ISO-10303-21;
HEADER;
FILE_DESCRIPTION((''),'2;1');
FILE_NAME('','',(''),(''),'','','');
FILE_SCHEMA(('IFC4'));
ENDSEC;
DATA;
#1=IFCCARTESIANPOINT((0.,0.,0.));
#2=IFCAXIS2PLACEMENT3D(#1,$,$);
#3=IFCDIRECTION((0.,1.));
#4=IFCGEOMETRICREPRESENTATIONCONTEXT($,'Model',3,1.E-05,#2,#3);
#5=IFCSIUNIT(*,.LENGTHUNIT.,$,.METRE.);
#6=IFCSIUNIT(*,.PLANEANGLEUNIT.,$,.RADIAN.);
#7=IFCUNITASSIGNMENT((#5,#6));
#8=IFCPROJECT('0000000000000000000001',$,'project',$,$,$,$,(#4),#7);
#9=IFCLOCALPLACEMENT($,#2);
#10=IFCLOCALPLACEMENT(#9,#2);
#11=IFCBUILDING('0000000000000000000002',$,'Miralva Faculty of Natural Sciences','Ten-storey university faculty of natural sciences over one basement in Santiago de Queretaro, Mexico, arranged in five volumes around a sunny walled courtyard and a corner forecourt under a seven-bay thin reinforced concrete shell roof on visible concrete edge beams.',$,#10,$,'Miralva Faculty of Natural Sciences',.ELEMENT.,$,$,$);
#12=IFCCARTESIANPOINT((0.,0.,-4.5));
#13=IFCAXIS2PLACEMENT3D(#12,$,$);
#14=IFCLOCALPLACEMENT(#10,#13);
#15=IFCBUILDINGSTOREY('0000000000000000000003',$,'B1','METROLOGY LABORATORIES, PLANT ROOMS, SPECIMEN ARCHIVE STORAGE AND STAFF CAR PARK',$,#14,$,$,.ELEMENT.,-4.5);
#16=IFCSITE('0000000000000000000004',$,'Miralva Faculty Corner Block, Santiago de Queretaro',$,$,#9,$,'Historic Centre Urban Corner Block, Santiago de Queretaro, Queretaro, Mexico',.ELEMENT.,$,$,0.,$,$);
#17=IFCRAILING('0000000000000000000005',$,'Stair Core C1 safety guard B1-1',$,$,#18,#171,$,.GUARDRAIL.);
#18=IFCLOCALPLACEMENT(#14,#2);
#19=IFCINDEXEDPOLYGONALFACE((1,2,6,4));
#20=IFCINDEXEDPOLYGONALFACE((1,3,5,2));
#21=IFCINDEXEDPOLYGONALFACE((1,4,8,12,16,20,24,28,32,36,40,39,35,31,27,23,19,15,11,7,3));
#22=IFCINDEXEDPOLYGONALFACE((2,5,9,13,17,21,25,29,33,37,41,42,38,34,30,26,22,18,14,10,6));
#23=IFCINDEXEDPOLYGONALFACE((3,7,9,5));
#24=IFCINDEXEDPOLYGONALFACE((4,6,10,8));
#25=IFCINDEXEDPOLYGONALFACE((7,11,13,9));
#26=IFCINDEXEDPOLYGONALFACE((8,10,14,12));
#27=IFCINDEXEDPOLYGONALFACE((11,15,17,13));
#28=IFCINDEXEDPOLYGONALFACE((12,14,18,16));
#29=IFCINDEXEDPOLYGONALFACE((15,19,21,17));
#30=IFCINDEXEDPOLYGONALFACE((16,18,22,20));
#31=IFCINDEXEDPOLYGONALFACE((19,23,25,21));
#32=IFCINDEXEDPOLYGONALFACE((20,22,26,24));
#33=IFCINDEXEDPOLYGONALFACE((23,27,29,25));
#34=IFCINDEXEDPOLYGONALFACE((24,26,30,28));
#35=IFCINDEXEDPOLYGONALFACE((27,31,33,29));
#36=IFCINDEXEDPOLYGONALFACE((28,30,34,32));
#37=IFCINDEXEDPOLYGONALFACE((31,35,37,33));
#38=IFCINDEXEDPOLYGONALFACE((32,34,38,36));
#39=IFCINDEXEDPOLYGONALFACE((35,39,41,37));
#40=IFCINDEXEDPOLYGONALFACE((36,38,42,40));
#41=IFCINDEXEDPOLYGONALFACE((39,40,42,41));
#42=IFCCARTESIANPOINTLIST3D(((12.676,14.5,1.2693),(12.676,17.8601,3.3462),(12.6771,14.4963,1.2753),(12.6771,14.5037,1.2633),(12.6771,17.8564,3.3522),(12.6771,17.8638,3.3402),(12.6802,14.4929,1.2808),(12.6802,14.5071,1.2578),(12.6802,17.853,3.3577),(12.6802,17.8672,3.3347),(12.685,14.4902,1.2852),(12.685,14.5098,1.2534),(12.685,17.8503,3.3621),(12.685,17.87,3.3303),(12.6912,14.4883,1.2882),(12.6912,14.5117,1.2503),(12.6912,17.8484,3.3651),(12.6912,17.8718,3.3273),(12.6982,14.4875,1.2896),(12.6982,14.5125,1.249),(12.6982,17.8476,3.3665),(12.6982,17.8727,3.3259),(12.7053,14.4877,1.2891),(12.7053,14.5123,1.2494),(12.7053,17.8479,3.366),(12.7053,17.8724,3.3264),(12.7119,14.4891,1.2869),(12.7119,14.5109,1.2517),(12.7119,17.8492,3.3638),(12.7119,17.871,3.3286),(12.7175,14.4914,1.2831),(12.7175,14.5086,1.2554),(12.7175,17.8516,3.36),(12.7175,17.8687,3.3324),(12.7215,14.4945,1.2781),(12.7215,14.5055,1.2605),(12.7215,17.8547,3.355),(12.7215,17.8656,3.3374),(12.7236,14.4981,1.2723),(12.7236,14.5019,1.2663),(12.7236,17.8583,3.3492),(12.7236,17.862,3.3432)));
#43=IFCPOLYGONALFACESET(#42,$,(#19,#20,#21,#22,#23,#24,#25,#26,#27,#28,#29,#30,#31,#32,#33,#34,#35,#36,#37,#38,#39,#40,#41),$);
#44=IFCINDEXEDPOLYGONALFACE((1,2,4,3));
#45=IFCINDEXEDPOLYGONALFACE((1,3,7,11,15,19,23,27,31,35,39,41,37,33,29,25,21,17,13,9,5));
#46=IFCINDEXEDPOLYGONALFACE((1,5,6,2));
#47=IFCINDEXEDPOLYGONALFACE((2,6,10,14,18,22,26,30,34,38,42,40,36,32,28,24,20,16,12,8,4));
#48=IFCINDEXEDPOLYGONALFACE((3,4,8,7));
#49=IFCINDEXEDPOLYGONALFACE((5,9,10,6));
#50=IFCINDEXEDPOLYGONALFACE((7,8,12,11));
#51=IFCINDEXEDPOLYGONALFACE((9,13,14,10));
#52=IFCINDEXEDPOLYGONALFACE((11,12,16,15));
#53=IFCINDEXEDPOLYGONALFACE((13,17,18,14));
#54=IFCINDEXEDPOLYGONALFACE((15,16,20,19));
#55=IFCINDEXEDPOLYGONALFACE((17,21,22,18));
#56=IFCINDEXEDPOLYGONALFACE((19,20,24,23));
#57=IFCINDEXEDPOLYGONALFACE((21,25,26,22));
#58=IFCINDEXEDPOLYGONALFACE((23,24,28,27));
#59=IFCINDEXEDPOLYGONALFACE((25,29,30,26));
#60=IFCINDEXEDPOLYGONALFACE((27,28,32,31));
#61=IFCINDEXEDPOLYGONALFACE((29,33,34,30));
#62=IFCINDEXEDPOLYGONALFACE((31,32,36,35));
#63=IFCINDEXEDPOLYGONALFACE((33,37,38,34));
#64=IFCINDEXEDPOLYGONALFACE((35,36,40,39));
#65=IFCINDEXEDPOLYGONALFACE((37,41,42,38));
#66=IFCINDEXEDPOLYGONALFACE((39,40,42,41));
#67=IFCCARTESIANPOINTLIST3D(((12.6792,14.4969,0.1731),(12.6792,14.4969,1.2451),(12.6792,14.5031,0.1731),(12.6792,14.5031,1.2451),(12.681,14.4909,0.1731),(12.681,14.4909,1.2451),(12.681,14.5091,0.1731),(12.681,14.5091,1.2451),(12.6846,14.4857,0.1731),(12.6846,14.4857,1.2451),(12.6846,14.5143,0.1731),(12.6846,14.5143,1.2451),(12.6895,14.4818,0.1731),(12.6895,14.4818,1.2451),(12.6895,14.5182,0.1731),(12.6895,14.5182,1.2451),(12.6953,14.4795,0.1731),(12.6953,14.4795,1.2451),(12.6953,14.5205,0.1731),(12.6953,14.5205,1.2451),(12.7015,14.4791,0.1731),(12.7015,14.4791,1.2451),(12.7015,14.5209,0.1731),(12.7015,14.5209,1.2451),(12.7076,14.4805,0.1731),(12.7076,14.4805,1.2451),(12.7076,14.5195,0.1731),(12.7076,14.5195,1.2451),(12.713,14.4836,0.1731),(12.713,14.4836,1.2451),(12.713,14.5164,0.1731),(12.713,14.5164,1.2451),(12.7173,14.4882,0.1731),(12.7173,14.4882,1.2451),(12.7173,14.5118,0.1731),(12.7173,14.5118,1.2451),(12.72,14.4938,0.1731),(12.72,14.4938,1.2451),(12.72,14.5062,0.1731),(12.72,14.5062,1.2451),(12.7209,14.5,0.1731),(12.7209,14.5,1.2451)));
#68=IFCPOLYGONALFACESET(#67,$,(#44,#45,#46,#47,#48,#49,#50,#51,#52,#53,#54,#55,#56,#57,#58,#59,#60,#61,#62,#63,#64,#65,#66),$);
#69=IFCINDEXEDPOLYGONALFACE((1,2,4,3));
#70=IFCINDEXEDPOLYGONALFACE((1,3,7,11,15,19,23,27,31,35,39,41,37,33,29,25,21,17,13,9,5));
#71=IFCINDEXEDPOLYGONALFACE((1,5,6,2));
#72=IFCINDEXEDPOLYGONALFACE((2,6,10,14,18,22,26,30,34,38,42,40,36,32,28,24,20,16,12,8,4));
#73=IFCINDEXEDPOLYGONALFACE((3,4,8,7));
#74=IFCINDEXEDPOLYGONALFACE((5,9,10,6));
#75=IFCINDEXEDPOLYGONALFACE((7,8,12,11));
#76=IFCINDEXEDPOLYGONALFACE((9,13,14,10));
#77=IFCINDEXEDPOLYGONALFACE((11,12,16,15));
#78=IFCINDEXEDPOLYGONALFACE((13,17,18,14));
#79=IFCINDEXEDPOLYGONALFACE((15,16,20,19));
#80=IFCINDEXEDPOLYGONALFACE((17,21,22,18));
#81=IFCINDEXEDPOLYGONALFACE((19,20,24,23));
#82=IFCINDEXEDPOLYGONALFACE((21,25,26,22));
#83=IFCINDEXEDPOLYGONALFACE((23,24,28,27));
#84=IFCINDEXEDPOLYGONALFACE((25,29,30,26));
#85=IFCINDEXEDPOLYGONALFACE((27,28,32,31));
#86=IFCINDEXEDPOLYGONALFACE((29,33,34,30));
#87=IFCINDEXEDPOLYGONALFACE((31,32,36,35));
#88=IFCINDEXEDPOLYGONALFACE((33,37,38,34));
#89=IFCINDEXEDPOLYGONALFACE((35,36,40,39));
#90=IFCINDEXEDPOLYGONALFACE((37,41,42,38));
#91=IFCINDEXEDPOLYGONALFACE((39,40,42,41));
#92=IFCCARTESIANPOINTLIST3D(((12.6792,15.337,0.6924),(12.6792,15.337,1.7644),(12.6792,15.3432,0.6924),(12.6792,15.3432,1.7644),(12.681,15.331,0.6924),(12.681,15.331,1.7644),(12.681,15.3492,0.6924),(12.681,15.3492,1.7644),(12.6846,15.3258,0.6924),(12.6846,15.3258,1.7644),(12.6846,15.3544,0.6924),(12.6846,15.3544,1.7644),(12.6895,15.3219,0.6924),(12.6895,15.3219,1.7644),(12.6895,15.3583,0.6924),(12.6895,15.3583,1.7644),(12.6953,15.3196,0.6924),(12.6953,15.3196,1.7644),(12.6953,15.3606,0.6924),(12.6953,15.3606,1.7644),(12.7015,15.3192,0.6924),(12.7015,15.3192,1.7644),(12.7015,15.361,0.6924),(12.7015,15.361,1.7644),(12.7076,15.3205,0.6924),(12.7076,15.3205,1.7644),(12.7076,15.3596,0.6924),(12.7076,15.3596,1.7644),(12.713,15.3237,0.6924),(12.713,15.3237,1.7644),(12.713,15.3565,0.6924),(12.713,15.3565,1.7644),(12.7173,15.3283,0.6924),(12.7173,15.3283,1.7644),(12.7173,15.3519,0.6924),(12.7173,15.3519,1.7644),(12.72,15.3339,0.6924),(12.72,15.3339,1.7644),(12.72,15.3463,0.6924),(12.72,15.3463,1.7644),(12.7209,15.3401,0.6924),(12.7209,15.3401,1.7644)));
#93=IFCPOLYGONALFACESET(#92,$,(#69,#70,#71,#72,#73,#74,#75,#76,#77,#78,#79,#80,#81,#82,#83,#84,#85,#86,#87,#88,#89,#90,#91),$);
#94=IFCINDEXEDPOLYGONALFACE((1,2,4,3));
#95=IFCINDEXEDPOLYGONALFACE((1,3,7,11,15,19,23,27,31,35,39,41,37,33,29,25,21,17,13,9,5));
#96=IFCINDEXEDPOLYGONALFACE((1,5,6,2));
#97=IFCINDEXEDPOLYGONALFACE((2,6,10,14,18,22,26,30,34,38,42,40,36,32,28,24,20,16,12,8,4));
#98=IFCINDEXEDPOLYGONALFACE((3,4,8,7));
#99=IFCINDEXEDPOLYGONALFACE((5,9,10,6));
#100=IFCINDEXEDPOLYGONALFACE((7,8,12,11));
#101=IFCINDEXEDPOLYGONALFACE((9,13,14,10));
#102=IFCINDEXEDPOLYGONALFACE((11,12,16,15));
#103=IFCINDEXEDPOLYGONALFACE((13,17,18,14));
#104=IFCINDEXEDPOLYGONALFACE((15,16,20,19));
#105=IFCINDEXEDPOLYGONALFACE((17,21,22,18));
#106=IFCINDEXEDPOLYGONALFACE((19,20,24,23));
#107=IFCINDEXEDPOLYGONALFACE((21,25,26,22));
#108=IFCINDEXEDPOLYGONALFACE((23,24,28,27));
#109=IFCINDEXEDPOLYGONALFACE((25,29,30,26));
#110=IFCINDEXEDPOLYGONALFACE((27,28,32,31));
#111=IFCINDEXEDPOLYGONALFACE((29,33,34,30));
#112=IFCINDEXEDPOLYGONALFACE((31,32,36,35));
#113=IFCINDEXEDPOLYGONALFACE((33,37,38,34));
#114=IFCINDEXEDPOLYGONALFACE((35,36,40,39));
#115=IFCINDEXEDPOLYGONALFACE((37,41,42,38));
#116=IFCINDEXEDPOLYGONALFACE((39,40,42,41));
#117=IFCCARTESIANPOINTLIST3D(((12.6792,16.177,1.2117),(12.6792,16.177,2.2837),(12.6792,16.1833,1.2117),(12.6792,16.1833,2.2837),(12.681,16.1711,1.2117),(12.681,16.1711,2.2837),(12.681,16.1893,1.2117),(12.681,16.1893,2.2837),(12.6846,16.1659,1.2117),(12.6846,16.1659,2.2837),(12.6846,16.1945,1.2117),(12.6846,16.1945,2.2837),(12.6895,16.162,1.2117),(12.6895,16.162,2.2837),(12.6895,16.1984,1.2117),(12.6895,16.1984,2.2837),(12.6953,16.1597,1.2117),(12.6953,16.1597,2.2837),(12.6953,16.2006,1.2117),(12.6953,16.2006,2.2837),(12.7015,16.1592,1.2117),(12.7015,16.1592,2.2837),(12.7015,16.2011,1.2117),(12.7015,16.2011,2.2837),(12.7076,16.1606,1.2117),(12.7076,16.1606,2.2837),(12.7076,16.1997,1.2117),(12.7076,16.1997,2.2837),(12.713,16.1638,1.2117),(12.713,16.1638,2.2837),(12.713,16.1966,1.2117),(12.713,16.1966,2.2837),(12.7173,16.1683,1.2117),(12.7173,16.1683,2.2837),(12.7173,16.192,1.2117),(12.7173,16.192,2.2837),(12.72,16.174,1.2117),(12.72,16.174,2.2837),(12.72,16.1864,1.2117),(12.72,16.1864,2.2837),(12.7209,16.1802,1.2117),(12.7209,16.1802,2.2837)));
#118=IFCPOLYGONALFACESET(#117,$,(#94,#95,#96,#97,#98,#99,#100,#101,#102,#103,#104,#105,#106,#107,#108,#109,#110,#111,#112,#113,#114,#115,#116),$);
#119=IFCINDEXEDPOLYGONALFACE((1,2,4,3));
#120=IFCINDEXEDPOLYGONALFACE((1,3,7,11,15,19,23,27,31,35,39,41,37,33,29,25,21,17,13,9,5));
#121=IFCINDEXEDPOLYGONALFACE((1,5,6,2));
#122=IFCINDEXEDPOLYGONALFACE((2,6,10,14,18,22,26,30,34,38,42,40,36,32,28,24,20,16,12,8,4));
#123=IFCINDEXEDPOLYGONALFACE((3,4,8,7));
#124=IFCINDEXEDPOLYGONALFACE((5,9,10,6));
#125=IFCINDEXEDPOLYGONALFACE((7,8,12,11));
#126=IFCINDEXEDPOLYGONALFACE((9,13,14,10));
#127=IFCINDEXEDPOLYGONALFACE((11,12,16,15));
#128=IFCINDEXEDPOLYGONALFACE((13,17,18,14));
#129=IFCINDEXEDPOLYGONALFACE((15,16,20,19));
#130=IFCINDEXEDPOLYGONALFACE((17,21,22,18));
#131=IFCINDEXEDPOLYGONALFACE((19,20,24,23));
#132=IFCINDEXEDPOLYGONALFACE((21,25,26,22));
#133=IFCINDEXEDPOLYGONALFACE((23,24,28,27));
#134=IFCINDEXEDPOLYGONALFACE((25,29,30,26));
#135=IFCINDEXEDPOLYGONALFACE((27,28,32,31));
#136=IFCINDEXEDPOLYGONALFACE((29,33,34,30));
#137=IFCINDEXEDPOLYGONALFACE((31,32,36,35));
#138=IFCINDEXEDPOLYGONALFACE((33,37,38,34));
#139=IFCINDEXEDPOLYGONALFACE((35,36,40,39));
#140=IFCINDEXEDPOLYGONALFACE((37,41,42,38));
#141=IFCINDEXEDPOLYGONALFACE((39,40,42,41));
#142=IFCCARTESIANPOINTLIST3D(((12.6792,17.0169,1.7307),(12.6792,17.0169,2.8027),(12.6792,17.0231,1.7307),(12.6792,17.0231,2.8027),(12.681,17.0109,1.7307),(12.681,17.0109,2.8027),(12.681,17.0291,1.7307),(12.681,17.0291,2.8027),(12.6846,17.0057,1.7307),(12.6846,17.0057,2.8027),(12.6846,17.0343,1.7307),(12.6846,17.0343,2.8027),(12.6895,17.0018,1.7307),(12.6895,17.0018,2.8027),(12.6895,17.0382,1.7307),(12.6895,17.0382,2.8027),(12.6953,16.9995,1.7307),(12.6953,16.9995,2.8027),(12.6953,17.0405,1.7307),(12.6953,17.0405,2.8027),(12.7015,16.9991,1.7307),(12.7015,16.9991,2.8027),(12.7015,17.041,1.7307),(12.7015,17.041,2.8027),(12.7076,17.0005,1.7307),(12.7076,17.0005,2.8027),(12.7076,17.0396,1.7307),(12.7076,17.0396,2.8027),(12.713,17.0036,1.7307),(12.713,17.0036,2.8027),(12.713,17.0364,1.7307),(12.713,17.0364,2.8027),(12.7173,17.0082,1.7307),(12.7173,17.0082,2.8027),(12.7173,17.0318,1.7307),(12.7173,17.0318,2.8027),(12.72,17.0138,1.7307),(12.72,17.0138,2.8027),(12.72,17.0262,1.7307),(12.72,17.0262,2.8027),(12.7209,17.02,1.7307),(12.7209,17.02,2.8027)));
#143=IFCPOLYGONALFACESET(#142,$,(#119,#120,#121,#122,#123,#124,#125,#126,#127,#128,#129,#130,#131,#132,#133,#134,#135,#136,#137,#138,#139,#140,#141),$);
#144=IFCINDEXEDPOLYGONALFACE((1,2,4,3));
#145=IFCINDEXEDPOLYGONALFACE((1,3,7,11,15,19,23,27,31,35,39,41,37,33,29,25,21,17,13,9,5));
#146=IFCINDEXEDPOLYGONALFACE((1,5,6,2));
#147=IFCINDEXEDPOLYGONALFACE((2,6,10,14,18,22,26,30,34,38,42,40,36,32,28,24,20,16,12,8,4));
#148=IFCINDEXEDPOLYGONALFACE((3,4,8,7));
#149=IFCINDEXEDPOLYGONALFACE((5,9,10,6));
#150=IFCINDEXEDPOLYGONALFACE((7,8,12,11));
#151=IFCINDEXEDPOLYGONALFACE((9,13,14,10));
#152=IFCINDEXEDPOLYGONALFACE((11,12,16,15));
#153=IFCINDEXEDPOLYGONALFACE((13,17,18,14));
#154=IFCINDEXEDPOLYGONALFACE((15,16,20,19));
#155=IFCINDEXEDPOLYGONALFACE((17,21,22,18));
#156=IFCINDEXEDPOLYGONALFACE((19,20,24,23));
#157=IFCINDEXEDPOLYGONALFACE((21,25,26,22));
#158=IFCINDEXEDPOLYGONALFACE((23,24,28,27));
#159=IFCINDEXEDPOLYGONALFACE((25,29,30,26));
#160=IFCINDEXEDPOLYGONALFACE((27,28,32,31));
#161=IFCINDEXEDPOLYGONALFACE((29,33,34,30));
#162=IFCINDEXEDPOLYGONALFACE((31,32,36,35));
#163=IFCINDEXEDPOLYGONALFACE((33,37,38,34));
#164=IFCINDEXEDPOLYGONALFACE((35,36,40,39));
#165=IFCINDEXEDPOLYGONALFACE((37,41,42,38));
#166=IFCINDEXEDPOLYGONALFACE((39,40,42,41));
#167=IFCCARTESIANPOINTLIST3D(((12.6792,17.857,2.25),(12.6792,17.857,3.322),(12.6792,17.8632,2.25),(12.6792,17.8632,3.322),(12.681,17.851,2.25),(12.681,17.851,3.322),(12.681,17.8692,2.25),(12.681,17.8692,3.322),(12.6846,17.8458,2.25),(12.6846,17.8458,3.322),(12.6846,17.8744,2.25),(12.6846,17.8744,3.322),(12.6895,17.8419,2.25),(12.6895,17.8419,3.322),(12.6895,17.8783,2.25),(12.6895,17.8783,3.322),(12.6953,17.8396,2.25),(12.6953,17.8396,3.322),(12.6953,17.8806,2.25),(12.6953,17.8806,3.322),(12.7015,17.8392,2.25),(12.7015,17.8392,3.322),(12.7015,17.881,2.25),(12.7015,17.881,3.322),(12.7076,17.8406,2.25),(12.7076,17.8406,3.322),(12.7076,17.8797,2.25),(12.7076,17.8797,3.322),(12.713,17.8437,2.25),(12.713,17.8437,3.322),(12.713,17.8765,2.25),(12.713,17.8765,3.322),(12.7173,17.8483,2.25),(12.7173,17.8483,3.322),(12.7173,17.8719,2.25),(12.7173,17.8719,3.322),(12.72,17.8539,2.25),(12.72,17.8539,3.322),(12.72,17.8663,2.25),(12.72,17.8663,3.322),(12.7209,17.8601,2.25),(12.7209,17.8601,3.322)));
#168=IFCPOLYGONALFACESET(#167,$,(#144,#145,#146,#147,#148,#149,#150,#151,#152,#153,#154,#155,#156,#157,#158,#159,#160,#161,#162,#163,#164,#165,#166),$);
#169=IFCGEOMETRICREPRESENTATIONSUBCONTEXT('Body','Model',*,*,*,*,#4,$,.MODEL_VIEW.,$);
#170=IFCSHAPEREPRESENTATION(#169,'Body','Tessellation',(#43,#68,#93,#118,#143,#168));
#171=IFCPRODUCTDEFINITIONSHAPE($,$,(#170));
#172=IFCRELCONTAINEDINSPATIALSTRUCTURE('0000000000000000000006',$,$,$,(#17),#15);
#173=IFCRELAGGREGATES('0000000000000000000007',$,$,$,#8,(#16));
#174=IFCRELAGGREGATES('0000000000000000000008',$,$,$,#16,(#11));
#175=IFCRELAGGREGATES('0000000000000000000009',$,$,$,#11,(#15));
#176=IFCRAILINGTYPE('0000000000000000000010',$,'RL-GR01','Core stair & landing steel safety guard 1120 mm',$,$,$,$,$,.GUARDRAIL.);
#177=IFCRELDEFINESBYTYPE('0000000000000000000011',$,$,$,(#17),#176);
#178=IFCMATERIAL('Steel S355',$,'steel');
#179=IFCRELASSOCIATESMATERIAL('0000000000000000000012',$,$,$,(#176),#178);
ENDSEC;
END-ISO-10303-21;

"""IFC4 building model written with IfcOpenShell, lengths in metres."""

from ifc_helpers import new_model, si_unit, direction, frame, origin, origin_2d, place, context, subcontext, project, spatial, circle, extrude, material, type_object, element, save


model = new_model("IFC4")

# Units and contexts
model_context = context("Model", 3, precision=1e-05, world=origin(), true_north=direction((0.0, 1.0)))
body_context = subcontext(model_context, "Body", "Model", "MODEL_VIEW")
ifc_project = project(units=[si_unit("LENGTHUNIT", "METRE"), si_unit("PLANEANGLEUNIT", "RADIAN")], contexts=[model_context])

# Site, building, storey
site_placement = place(None, origin())
site = spatial("IfcSite", under=ifc_project, at=site_placement, Name="Miralva Faculty Corner Block, Santiago de Queretaro", LongName="Historic Centre Urban Corner Block, Santiago de Queretaro, Queretaro, Mexico", CompositionType="ELEMENT", RefElevation=0.0)
building_placement = place(site_placement, origin())
building = spatial("IfcBuilding", under=site, at=building_placement, Name="Miralva Faculty of Natural Sciences", Description="Ten-storey university faculty of natural sciences over one basement in Santiago de Queretaro, Mexico, arranged in five volumes around a sunny walled courtyard and a corner forecourt under a seven-bay thin reinforced concrete shell roof on visible concrete edge beams.", LongName="Miralva Faculty of Natural Sciences", CompositionType="ELEMENT")
storey_placement = place(building_placement, frame((0.0, 0.0, -4.5)))
storey = spatial("IfcBuildingStorey", under=building, at=storey_placement, Name="B1", Description="METROLOGY LABORATORIES, PLANT ROOMS, SPECIMEN ARCHIVE STORAGE AND STAFF CAR PARK", CompositionType="ELEMENT", Elevation=-4.5)

# Railing
ifc_material_1 = material(Name="Steel S355", Category="steel")
railing_type_1 = type_object("IfcRailingType", Name="RL-GR01", Description="Core stair & landing steel safety guard 1120 mm", PredefinedType="GUARDRAIL", material=ifc_material_1)
railing_1_placement = place(storey_placement, frame((12.7, 14.5, 0.1731)))
element("IfcRailing", 1, at=railing_1_placement, inside=storey, type_object=railing_type_1, Name="Stair Core C1 safety guard B1-1", PredefinedType="GUARDRAIL", context=body_context, shape_type="SweptSolid", body=[
    extrude(circle(Radius=0.0239, at=origin_2d()), frame((0.0, 0.0, 1.0962), z_axis=(0.0, 0.850623, 0.525776), x_axis=(-1.0, 0.0, 0.0)), (0.0, 0.0, 1.0), 3.9502),
    extrude(circle(Radius=0.021, at=origin_2d()), origin(), (0.0, 0.0, 1.0), 1.072),
    extrude(circle(Radius=0.021, at=origin_2d()), frame((0.0, 0.8401, 0.5193)), (0.0, 0.0, 1.0), 1.072),
    extrude(circle(Radius=0.021, at=origin_2d()), frame((0.0, 1.6802, 1.0386)), (0.0, 0.0, 1.0), 1.072),
    extrude(circle(Radius=0.021, at=origin_2d()), frame((0.0, 2.52, 1.5576)), (0.0, 0.0, 1.0), 1.072),
    extrude(circle(Radius=0.021, at=origin_2d()), frame((0.0, 3.3601, 2.0769)), (0.0, 0.0, 1.0), 1.072),
])

save(model, "model.ifc")
